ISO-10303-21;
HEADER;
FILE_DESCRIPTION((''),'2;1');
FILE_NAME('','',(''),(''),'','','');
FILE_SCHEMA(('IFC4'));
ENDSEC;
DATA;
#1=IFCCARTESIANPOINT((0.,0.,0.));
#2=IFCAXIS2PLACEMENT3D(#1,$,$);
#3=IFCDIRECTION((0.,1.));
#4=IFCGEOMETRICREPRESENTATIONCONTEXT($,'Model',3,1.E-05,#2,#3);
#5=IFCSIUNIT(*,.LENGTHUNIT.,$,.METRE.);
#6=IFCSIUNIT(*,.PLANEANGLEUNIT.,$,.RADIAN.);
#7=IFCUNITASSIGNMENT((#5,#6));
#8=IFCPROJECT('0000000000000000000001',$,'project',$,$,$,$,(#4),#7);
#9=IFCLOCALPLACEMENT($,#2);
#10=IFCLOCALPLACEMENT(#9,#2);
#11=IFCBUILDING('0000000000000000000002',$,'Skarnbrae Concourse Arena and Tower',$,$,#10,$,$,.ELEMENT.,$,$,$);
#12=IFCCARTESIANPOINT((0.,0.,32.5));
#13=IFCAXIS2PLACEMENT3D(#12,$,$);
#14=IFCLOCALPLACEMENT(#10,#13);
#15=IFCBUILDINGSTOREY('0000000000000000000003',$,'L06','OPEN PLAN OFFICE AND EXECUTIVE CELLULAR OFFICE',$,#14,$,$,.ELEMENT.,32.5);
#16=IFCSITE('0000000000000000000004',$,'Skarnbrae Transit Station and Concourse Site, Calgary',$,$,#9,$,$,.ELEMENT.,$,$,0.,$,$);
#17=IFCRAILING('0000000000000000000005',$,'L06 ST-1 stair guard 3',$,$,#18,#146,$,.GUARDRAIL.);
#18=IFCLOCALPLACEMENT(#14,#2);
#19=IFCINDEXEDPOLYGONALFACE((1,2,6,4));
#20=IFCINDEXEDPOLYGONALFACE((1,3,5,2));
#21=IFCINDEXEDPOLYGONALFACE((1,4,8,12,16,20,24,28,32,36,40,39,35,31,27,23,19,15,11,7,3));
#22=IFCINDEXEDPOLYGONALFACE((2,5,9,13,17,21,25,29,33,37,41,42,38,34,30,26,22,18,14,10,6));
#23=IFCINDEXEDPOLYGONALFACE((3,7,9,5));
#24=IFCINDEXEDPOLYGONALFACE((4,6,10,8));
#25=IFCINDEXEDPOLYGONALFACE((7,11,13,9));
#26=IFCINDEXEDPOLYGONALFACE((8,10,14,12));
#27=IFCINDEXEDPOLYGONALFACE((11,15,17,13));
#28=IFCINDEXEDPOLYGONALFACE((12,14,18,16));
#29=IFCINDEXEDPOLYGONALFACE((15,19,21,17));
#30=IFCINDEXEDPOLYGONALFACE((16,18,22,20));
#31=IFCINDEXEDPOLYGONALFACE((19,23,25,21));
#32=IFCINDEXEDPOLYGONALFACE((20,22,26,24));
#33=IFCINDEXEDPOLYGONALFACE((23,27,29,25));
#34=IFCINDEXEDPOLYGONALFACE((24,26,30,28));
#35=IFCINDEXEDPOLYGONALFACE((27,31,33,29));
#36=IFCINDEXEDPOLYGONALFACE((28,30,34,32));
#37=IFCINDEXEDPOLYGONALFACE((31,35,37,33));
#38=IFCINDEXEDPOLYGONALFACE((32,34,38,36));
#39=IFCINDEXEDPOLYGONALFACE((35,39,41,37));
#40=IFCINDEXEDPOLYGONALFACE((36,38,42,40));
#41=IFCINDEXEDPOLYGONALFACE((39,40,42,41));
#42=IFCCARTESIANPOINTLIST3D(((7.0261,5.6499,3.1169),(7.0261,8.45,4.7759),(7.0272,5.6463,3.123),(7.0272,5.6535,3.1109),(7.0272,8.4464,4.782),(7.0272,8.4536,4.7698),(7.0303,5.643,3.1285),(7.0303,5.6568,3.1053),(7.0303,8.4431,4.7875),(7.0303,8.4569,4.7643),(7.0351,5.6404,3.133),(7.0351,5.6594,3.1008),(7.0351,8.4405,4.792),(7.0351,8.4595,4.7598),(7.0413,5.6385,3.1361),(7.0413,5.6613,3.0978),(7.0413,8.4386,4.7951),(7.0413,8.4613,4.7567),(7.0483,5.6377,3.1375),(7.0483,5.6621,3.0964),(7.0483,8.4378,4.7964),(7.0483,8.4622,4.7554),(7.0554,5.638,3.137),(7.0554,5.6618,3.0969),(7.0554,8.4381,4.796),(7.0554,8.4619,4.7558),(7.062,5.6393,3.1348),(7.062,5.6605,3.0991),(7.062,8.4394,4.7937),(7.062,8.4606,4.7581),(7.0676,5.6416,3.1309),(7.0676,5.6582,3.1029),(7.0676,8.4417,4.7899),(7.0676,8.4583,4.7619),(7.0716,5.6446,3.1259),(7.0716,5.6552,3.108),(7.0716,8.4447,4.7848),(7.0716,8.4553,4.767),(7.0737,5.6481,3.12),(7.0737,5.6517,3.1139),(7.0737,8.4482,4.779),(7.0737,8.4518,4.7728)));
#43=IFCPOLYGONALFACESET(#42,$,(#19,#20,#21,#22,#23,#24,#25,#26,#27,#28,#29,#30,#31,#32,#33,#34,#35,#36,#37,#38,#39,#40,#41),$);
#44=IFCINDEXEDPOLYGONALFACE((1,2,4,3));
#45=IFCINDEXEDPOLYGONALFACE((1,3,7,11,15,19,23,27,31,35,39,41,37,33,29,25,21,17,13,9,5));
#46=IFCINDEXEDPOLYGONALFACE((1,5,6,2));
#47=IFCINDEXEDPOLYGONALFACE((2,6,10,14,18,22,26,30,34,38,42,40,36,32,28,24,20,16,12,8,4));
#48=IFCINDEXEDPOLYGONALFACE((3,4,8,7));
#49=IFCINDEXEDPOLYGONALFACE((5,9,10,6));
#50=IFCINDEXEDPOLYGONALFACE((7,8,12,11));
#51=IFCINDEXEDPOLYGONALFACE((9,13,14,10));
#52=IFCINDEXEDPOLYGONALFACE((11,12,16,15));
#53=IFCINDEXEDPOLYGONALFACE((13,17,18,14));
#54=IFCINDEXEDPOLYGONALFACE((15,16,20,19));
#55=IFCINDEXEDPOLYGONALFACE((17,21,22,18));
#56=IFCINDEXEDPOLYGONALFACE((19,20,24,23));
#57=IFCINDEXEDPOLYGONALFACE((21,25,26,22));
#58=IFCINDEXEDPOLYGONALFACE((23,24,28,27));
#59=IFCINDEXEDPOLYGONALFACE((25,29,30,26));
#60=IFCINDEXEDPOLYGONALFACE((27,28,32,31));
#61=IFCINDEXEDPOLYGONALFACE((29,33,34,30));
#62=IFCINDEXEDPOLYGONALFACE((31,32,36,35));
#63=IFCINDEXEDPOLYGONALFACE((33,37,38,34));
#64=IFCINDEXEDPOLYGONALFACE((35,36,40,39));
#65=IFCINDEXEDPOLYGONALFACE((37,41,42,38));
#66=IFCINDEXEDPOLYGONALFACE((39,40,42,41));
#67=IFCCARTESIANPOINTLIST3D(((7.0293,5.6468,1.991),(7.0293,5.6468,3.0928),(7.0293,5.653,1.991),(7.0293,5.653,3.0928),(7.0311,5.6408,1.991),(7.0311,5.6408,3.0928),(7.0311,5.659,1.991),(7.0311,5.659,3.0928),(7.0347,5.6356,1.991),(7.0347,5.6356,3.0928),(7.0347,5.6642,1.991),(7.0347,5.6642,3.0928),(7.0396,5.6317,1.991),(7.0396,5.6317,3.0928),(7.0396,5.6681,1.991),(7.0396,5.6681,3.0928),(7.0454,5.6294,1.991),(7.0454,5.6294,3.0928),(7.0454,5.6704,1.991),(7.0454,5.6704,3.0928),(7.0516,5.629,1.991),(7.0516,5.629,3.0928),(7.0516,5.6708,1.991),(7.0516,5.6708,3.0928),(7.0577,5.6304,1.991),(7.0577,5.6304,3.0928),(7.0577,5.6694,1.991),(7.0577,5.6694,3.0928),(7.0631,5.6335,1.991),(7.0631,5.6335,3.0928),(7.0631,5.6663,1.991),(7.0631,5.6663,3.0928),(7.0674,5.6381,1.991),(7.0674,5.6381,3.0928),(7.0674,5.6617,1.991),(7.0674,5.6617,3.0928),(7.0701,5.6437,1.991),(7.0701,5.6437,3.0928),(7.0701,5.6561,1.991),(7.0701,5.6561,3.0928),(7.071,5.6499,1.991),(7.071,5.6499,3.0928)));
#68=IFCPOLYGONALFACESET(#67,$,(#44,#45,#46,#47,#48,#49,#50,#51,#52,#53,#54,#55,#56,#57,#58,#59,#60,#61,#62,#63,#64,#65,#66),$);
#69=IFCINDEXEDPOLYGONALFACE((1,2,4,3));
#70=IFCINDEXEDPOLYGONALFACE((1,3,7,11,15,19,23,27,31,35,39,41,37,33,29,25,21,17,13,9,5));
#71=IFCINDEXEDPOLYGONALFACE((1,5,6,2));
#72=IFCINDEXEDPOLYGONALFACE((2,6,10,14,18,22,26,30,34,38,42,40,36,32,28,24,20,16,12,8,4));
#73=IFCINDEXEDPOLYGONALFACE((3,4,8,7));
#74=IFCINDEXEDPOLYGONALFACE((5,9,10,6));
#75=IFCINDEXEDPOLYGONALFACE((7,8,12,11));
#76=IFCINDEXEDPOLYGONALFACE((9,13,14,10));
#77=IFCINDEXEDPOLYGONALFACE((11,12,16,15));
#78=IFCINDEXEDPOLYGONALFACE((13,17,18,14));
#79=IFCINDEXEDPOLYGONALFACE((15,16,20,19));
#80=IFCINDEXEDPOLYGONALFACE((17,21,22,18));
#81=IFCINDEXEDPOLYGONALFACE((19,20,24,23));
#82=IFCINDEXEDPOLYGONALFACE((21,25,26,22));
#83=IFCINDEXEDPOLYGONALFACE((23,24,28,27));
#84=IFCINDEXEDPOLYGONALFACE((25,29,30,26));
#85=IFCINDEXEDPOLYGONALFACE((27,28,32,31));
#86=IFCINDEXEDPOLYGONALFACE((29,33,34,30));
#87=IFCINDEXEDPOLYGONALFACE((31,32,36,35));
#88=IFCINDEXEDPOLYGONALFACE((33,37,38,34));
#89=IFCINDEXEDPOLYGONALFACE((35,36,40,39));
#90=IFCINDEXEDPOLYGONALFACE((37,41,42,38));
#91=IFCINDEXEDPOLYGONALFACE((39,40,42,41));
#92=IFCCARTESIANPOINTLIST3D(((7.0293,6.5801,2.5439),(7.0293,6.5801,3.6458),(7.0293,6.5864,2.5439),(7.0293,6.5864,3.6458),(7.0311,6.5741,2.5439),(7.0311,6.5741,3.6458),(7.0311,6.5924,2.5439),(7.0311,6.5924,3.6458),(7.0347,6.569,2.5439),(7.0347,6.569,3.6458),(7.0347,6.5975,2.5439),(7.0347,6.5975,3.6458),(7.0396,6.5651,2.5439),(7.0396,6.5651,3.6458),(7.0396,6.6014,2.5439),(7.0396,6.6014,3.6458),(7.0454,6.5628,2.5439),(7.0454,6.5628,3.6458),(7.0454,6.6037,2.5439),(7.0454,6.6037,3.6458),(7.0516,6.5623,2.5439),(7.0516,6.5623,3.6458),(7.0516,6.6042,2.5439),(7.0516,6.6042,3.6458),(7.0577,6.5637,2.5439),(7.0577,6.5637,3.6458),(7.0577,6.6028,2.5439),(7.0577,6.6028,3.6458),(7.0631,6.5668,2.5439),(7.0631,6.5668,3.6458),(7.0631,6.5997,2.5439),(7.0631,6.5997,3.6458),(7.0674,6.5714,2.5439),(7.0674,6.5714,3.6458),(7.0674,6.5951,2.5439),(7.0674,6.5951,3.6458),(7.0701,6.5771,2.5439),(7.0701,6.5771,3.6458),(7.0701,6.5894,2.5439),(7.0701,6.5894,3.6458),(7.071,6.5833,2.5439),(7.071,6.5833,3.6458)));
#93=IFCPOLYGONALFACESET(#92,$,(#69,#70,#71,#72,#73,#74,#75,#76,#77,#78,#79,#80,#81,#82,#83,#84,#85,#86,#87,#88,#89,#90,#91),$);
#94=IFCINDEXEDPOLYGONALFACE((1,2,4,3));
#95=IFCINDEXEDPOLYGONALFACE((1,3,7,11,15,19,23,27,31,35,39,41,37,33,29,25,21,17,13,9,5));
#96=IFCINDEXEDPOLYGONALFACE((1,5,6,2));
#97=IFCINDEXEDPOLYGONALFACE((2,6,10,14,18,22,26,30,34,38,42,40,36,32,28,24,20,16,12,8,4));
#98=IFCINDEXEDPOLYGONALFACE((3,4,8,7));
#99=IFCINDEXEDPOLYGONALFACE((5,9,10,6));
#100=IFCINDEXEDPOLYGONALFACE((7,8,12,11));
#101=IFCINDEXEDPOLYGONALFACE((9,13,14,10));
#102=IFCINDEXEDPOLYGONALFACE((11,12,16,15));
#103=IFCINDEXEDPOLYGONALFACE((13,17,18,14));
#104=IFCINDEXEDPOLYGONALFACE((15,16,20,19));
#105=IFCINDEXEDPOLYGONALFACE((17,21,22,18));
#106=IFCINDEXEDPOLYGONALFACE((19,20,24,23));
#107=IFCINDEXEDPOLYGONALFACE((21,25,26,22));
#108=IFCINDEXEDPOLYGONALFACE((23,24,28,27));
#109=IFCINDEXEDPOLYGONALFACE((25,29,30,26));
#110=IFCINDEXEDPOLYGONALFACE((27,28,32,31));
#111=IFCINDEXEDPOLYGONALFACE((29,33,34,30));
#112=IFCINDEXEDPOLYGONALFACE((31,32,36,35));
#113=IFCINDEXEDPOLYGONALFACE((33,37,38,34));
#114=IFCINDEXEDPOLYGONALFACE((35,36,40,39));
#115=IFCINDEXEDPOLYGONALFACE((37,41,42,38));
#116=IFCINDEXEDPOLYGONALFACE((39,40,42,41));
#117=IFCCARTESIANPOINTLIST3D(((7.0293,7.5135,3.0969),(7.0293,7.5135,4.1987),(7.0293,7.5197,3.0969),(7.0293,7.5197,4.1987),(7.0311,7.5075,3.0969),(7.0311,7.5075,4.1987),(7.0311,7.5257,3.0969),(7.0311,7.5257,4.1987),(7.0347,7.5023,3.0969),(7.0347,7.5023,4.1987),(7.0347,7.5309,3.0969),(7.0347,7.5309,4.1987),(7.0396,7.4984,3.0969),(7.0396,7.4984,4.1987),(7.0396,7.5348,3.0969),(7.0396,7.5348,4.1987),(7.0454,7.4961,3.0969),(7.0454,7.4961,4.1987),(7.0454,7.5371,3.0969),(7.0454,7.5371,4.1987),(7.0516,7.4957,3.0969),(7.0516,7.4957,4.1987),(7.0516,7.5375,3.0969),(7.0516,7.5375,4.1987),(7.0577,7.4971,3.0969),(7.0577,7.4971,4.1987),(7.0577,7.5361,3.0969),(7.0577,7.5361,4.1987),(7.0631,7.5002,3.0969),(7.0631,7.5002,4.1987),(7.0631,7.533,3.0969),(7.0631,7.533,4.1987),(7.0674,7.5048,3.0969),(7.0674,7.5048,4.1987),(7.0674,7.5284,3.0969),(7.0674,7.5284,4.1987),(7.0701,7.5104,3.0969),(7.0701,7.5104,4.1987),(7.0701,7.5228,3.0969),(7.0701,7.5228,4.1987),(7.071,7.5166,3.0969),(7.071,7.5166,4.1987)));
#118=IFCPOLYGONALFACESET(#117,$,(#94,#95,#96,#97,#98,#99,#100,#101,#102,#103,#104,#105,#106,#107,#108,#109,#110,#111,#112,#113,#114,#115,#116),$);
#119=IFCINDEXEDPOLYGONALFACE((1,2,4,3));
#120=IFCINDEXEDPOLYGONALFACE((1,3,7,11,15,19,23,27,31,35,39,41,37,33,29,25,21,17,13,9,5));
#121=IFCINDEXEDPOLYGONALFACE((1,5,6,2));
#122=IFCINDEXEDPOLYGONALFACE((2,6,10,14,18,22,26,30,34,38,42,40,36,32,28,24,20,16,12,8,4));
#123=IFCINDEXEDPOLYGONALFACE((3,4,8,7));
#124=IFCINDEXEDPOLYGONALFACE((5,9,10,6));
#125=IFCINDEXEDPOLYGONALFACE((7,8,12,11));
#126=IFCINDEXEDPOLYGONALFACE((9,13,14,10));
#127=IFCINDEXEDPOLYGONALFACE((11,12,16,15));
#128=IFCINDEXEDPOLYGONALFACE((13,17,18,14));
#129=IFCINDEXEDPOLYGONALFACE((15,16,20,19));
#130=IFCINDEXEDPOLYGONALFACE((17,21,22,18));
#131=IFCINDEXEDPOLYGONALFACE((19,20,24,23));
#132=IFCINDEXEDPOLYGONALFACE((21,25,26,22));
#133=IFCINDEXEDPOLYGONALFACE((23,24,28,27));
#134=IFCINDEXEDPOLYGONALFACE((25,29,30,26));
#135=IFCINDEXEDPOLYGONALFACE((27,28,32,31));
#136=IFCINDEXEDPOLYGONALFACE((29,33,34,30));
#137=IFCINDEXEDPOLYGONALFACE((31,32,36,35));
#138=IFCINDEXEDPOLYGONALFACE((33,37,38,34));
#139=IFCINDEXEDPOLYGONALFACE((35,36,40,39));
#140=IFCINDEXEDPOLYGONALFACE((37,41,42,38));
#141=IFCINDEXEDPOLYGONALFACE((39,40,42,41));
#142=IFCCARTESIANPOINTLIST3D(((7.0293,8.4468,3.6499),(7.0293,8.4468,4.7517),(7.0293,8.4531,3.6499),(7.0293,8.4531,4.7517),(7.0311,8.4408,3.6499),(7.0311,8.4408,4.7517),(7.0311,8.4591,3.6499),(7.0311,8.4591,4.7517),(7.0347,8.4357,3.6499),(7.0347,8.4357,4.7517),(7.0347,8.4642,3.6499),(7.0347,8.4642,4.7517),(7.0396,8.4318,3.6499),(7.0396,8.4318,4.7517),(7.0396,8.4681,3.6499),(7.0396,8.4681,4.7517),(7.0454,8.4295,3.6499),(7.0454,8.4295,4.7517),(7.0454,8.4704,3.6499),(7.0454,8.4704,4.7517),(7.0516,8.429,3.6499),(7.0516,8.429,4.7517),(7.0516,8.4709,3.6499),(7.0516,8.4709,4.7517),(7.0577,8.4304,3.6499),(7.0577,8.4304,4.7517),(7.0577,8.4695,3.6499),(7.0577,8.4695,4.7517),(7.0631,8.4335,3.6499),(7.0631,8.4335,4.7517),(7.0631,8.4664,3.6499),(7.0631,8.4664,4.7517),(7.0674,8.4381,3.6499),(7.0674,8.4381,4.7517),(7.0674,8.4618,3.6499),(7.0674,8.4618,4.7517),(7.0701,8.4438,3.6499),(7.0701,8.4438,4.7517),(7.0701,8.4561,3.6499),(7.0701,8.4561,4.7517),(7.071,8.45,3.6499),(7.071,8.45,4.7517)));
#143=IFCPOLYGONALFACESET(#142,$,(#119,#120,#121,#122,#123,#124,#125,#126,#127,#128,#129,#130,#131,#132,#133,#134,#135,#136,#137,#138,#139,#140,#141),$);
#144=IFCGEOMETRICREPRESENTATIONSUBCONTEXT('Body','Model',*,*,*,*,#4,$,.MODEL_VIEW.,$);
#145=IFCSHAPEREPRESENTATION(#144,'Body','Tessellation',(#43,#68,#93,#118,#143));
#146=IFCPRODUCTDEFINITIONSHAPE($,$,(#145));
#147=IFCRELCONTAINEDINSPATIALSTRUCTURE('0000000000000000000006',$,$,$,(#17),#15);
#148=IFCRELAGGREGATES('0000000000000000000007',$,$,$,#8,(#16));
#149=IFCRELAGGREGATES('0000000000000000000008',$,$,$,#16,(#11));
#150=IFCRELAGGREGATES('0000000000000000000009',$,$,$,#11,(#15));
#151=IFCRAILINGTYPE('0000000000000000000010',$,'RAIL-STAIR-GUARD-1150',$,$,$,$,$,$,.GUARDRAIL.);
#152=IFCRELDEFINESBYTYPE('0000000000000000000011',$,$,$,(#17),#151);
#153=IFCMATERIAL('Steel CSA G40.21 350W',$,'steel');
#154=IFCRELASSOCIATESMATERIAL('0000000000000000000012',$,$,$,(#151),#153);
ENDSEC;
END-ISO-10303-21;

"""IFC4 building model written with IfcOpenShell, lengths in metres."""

from ifc_helpers import new_model, si_unit, direction, frame, origin, origin_2d, place, context, subcontext, project, spatial, circle, extrude, material, type_object, element, save


model = new_model("IFC4")

# Units and contexts
model_context = context("Model", 3, precision=1e-05, world=origin(), true_north=direction((0.0, 1.0)))
body_context = subcontext(model_context, "Body", "Model", "MODEL_VIEW")
ifc_project = project(units=[si_unit("LENGTHUNIT", "METRE"), si_unit("PLANEANGLEUNIT", "RADIAN")], contexts=[model_context])

# Site, building, storey
site_placement = place(None, origin())
site = spatial("IfcSite", under=ifc_project, at=site_placement, Name="Skarnbrae Transit Station and Concourse Site, Calgary", CompositionType="ELEMENT", RefElevation=0.0)
building_placement = place(site_placement, origin())
building = spatial("IfcBuilding", under=site, at=building_placement, Name="Skarnbrae Concourse Arena and Tower", CompositionType="ELEMENT")
storey_placement = place(building_placement, frame((0.0, 0.0, 32.5)))
storey = spatial("IfcBuildingStorey", under=building, at=storey_placement, Name="L06", Description="OPEN PLAN OFFICE AND EXECUTIVE CELLULAR OFFICE", CompositionType="ELEMENT", Elevation=32.5)

# Shared definitions
ifc_material_1 = material(Name="Steel CSA G40.21 350W", Category="steel")

# Railing
railing_type_1 = type_object("IfcRailingType", Name="RAIL-STAIR-GUARD-1150", PredefinedType="GUARDRAIL", material=ifc_material_1)
railing_1_placement = place(storey_placement, frame((7.05, 5.6499, 1.991)))
element("IfcRailing", 1, at=railing_1_placement, inside=storey, type_object=railing_type_1, Name="L06 ST-1 stair guard 3", PredefinedType="GUARDRAIL", context=body_context, shape_type="SweptSolid", body=[
    extrude(circle(Radius=0.0239, at=origin_2d()), frame((0.0, 0.0, 1.126), z_axis=(0.0, 0.860339, 0.509722), x_axis=(-1.0, 0.0, 0.0)), (0.0, 0.0, 1.0), 3.2546),
    extrude(circle(Radius=0.021, at=origin_2d()), origin(), (0.0, 0.0, 1.0), 1.1018),
    extrude(circle(Radius=0.021, at=origin_2d()), frame((0.0, 0.9333, 0.553)), (0.0, 0.0, 1.0), 1.1018),
    extrude(circle(Radius=0.021, at=origin_2d()), frame((0.0, 1.8667, 1.106)), (0.0, 0.0, 1.0), 1.1018),
    extrude(circle(Radius=0.021, at=origin_2d()), frame((0.0, 2.8, 1.6589)), (0.0, 0.0, 1.0), 1.1018),
])

save(model, "model.ifc")
